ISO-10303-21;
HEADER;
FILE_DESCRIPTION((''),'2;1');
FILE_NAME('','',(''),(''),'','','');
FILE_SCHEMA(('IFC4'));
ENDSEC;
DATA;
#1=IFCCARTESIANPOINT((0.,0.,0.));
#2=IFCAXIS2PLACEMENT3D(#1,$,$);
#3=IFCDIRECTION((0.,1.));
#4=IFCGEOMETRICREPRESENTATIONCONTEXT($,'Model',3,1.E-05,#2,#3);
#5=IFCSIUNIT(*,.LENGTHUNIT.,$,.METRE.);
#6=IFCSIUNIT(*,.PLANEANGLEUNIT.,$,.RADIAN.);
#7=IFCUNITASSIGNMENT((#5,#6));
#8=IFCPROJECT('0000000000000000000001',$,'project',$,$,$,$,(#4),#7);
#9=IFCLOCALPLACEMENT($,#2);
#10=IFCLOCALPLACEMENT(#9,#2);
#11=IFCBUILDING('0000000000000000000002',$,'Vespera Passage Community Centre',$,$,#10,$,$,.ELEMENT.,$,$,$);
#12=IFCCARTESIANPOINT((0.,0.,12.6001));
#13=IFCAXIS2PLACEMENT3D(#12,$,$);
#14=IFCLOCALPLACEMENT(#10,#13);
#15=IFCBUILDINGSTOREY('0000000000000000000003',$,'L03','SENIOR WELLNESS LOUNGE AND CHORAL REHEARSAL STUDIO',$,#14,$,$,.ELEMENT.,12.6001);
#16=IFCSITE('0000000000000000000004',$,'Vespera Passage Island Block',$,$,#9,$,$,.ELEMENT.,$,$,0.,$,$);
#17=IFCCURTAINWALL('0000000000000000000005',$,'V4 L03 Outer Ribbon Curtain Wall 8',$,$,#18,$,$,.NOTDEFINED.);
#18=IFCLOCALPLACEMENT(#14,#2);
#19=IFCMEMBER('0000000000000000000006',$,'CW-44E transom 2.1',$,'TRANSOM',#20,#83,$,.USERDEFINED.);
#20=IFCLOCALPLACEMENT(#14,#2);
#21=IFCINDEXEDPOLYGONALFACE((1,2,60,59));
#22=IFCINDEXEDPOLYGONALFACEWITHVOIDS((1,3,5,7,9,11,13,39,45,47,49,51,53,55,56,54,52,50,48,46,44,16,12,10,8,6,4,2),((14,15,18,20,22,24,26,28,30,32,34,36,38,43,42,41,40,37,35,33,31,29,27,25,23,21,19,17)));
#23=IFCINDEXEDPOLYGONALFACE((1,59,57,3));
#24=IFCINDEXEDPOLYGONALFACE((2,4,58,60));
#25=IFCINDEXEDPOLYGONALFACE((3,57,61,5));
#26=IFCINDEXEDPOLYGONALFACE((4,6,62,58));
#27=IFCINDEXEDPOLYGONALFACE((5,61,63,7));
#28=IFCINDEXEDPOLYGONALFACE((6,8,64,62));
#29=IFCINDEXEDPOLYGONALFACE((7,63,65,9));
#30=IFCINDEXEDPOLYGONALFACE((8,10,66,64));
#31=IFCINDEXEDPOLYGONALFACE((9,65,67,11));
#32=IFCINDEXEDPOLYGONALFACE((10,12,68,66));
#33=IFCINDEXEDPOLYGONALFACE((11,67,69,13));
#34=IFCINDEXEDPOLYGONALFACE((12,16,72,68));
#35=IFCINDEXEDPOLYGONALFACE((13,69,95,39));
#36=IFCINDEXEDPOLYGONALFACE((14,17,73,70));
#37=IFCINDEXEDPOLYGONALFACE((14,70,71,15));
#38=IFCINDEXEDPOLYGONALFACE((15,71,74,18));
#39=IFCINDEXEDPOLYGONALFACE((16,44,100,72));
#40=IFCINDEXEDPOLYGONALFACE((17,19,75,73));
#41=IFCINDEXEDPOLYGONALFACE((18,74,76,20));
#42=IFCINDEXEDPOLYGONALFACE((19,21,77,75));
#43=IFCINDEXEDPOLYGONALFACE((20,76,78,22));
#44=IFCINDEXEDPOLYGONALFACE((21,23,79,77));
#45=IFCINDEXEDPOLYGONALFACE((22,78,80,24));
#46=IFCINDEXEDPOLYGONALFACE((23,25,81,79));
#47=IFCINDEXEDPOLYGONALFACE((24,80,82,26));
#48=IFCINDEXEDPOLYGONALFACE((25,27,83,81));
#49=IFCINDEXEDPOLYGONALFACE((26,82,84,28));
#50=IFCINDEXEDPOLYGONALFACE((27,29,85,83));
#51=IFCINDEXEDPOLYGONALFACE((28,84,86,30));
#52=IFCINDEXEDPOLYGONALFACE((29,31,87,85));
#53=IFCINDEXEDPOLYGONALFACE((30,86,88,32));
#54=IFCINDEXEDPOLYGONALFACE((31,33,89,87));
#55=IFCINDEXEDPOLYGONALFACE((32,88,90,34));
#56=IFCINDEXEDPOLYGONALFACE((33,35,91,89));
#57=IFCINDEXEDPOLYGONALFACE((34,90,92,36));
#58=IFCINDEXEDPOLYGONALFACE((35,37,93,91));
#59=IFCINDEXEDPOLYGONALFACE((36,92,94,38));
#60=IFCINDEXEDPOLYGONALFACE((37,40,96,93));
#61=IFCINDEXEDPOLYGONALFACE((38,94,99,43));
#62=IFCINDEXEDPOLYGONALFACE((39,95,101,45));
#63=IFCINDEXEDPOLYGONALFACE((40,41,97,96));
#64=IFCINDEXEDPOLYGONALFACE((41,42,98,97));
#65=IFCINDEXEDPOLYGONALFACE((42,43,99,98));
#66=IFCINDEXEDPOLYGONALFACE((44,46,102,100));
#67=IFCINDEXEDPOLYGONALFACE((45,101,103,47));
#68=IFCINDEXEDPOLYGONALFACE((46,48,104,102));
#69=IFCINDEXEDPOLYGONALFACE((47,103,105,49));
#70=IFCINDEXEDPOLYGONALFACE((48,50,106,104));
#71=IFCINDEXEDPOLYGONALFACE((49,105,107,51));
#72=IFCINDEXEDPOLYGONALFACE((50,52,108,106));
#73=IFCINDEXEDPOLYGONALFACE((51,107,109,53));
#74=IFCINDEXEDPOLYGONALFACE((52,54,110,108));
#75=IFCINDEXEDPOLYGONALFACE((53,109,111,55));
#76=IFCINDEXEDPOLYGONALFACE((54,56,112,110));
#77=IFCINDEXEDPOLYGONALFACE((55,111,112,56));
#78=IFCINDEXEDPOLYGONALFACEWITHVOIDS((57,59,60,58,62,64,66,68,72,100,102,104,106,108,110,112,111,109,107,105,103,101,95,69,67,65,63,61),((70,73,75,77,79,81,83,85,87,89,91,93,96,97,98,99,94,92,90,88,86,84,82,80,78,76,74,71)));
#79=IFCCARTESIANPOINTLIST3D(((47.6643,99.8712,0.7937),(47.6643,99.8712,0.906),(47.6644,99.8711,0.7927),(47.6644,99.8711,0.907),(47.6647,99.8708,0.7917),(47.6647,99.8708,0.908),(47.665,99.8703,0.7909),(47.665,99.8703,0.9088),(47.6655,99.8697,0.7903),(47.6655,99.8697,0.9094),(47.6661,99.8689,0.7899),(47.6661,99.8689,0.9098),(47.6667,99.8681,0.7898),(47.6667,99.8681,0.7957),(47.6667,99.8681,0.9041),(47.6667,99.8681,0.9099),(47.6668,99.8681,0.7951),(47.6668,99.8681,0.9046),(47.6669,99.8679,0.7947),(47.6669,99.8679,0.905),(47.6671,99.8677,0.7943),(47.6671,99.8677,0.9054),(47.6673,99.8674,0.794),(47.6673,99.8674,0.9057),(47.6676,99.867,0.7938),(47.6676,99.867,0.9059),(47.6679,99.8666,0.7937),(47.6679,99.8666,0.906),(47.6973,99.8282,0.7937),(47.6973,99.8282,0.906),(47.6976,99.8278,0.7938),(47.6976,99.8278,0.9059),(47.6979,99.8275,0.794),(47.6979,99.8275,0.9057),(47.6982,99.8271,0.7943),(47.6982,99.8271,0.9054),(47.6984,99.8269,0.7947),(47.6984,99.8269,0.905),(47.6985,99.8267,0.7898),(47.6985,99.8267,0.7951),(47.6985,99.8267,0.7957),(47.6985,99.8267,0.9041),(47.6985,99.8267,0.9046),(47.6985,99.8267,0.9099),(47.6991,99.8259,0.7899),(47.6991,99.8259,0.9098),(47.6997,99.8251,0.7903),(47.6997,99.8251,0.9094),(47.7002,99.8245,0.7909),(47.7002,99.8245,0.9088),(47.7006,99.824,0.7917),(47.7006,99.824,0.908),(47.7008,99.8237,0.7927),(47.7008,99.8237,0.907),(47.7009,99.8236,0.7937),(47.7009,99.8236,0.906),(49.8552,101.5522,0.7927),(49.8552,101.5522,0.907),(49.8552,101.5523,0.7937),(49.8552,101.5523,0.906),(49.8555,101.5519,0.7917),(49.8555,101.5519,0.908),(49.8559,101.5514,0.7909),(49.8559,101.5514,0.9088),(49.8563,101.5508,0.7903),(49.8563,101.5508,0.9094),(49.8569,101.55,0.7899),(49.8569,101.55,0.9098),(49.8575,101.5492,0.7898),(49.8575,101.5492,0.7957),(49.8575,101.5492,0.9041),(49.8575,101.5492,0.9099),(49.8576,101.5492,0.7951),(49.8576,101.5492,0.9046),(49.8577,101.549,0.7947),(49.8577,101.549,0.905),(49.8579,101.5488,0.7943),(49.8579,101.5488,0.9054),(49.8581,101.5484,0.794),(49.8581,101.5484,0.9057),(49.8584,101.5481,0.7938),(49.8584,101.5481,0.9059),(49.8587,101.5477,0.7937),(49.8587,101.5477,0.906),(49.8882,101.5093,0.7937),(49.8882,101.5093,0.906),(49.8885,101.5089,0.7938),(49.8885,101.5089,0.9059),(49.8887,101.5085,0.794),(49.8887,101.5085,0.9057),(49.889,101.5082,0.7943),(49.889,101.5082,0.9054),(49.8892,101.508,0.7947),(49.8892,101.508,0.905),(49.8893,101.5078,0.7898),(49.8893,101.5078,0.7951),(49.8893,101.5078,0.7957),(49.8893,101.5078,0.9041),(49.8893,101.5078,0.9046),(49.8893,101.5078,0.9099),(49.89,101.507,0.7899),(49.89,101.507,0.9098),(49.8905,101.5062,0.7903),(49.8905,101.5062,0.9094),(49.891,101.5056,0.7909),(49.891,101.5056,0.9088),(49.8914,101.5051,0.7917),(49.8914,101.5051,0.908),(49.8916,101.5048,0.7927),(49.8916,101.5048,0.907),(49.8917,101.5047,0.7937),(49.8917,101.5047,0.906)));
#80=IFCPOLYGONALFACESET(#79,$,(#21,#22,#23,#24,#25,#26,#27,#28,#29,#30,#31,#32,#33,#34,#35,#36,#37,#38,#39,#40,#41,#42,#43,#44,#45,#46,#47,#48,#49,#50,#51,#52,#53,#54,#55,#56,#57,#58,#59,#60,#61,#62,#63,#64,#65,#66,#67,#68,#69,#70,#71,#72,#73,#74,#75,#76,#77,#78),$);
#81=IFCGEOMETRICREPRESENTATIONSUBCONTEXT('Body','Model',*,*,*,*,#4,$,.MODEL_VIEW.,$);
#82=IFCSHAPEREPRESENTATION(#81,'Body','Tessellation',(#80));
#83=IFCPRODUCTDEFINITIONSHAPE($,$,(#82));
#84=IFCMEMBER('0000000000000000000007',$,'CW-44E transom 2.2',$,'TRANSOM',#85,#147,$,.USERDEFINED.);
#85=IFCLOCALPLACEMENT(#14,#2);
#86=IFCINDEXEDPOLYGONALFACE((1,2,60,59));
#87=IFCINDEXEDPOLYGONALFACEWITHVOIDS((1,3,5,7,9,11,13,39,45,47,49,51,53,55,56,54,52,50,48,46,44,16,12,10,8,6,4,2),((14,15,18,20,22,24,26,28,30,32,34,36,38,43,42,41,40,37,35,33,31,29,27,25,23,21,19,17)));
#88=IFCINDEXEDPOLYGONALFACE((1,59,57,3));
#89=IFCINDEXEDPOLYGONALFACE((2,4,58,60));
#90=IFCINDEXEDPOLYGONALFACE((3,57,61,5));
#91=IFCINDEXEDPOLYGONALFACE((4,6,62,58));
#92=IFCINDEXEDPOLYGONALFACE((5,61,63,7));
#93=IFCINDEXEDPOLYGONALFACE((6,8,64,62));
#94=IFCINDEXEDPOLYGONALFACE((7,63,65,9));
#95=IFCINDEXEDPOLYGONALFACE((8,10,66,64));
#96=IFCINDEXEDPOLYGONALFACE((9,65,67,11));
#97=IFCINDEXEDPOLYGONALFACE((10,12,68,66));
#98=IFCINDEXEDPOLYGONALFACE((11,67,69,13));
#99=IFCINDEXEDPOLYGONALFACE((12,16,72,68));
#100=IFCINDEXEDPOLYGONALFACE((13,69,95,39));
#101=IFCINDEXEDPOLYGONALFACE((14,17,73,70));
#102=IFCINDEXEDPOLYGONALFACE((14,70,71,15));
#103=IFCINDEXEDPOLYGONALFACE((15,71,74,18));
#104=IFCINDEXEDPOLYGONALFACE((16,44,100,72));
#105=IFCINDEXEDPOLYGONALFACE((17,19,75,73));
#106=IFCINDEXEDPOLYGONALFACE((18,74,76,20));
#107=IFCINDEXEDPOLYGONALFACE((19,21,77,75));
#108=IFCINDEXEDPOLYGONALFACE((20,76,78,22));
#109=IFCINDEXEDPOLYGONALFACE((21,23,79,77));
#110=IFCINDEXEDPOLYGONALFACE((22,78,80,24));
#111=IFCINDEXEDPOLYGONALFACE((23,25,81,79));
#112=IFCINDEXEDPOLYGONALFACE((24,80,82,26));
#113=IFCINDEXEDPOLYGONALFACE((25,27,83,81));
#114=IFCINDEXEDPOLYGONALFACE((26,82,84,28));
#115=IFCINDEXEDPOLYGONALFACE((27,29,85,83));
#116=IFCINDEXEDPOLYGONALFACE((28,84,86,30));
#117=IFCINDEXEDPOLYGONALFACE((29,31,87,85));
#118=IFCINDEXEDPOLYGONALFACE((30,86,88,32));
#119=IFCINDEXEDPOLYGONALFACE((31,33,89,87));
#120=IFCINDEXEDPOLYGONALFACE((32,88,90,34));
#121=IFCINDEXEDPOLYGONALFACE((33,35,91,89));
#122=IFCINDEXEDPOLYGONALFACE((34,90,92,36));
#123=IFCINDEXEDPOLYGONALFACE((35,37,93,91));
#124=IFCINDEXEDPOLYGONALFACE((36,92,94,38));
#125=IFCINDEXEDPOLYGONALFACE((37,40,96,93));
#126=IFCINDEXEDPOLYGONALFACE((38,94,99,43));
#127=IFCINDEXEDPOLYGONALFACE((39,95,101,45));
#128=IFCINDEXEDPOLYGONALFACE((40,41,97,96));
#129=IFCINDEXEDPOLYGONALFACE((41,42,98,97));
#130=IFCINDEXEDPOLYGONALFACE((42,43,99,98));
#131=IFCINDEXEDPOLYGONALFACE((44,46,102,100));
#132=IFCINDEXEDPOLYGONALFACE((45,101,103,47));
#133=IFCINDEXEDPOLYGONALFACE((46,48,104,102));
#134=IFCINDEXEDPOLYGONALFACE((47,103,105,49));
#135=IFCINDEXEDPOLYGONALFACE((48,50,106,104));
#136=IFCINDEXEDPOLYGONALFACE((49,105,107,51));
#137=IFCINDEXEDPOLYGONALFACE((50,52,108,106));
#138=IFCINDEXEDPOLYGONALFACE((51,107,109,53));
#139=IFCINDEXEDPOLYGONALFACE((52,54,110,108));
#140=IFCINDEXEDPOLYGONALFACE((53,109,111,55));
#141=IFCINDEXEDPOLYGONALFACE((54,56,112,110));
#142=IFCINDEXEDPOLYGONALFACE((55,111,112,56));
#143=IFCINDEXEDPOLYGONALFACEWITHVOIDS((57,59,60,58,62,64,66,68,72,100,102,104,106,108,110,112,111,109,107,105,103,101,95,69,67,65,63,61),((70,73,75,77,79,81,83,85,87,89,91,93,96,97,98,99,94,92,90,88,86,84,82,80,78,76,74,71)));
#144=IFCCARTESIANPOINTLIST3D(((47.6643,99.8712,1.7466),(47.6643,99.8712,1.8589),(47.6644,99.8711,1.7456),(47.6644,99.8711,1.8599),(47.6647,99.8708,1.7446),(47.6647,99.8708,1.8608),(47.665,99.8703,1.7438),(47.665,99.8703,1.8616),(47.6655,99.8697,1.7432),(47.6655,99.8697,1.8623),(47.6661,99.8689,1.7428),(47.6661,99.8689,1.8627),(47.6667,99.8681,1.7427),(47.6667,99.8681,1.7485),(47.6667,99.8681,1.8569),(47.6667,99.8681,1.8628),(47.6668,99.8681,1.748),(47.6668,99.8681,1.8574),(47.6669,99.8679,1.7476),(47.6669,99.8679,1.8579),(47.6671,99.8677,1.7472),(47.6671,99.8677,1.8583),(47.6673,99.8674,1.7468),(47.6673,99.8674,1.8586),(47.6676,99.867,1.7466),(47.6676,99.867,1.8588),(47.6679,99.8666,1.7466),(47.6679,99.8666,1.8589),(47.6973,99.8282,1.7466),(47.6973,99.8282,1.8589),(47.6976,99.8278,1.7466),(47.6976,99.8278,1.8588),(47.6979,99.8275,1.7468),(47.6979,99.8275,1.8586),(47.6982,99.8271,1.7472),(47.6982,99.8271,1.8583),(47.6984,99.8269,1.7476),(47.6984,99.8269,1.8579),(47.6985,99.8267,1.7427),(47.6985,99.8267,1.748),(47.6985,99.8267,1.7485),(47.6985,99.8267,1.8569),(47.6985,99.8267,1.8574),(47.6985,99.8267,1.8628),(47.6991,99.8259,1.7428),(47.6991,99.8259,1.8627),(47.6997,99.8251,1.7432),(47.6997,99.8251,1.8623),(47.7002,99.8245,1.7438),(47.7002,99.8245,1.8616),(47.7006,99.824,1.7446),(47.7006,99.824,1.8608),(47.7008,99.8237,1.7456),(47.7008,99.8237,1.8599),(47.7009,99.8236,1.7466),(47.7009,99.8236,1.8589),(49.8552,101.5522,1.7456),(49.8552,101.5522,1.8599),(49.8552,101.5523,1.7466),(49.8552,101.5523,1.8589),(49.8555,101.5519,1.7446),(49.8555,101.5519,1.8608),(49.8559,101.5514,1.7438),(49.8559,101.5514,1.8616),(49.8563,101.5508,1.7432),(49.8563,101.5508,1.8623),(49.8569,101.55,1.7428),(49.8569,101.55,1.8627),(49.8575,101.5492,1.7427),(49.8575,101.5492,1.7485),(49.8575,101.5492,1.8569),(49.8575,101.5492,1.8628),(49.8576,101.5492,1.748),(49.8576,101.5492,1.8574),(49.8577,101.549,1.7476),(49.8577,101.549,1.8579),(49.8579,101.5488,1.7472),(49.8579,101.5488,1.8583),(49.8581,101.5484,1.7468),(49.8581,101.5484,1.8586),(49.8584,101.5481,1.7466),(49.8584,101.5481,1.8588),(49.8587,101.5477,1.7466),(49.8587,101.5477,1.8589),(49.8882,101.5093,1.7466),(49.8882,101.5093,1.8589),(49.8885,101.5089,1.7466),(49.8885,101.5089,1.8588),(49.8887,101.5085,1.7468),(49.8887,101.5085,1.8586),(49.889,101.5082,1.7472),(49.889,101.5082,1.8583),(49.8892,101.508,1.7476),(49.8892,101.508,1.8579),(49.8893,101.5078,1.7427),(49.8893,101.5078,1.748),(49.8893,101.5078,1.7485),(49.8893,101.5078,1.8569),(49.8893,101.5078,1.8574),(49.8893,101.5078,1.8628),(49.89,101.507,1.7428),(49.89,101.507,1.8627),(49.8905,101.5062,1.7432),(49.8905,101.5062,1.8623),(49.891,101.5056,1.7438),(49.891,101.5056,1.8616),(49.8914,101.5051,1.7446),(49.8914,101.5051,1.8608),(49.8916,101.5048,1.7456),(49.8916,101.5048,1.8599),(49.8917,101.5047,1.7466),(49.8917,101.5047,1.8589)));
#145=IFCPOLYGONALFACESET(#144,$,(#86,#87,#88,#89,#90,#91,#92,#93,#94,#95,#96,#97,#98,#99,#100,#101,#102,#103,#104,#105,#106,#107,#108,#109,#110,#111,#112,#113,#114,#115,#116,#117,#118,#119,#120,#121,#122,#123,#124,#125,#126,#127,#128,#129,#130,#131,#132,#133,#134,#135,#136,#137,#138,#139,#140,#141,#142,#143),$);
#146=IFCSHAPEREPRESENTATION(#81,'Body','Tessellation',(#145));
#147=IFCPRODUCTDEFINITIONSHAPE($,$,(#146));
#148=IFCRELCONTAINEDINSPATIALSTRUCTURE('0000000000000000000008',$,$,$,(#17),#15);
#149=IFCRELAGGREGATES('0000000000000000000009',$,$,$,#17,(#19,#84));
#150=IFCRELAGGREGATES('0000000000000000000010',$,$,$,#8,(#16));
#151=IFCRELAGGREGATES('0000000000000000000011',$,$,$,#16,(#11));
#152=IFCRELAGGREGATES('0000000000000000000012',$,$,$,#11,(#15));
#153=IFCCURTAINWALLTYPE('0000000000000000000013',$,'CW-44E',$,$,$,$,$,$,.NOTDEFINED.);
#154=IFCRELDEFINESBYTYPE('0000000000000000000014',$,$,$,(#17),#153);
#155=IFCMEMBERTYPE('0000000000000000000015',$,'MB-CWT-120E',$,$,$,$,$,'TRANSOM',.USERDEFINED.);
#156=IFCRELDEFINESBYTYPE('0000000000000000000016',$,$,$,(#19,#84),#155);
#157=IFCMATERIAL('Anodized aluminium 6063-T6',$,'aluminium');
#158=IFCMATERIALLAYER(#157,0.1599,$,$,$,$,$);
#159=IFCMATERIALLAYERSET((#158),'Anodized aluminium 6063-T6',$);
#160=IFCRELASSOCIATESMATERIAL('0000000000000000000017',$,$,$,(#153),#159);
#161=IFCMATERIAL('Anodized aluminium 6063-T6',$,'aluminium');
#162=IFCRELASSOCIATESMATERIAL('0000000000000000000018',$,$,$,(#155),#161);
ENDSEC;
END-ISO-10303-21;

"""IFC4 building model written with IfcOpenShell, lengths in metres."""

from ifc_helpers import new_model, si_unit, direction, frame, origin, origin_2d, place, context, subcontext, project, spatial, hollow_rectangle, extrude, material, layer, layer_set, material_profile, profile_set, type_object, element, aggregate, save


model = new_model("IFC4")

# Units and contexts
model_context = context("Model", 3, precision=1e-05, world=origin(), true_north=direction((0.0, 1.0)))
body_context = subcontext(model_context, "Body", "Model", "MODEL_VIEW")
ifc_project = project(units=[si_unit("LENGTHUNIT", "METRE"), si_unit("PLANEANGLEUNIT", "RADIAN")], contexts=[model_context])

# Site, building, storey
site_placement = place(None, origin())
site = spatial("IfcSite", under=ifc_project, at=site_placement, Name="Vespera Passage Island Block", CompositionType="ELEMENT", RefElevation=0.0)
building_placement = place(site_placement, origin())
building = spatial("IfcBuilding", under=site, at=building_placement, Name="Vespera Passage Community Centre", CompositionType="ELEMENT")
storey_placement = place(building_placement, frame((0.0, 0.0, 12.6001)))
storey = spatial("IfcBuildingStorey", under=building, at=storey_placement, Name="L03", Description="SENIOR WELLNESS LOUNGE AND CHORAL REHEARSAL STUDIO", CompositionType="ELEMENT", Elevation=12.6001)

# Curtain wall
ifc_material_1 = material(Name="Anodized aluminium 6063-T6", Category="aluminium")
ifc_layer_1 = layer(ifc_material_1, 0.1599)
ifc_layer_set_1 = layer_set([ifc_layer_1], Name="Anodized aluminium 6063-T6")
curtain_wall_type_1 = type_object("IfcCurtainWallType", Name="CW-44E", PredefinedType="NOTDEFINED", material=ifc_layer_set_1)
curtain_wall_1_placement = place(storey_placement, origin())
curtain_wall_1 = element("IfcCurtainWall", 1, at=curtain_wall_1_placement, inside=storey, type_object=curtain_wall_type_1, Name="V4 L03 Outer Ribbon Curtain Wall 8", PredefinedType="NOTDEFINED")

# Members
ifc_material_2 = material(Name="Anodized aluminium 6063-T6", Category="aluminium")
ifc_material_profile_1 = material_profile(ifc_material_2, hollow_rectangle(XDim=0.0601, YDim=0.1201, WallThickness=0.0039, InnerFilletRadius=0.002, OuterFilletRadius=0.0039, at=origin_2d()), Name="ALU120X60X4")
ifc_profile_set_1 = profile_set([ifc_material_profile_1], Name="Anodized aluminium 6063-T6")
member_type_1 = type_object("IfcMemberType", Name="MB-CWT-120E", ElementType="TRANSOM", PredefinedType="USERDEFINED", material=ifc_profile_set_1)
member_1_placement = place(storey_placement, frame((47.6826, 99.8474, 0.8499), z_axis=(0.793353, 0.608762, 0.0), x_axis=(-0.608762, 0.793353, 0.0)))
member_1 = element("IfcMember", 2, at=member_1_placement, type_object=member_type_1, Name="CW-44E transom 2.1", ObjectType="TRANSOM", PredefinedType="USERDEFINED", context=body_context, shape_type="SweptSolid", body=[
    extrude(hollow_rectangle(XDim=0.0601, YDim=0.1201, WallThickness=0.0039, InnerFilletRadius=0.002, OuterFilletRadius=0.0039, at=origin_2d()), origin(), (0.0, 0.0, 1.0), 2.7615),
])
member_2_placement = place(storey_placement, frame((47.6826, 99.8474, 1.8027), z_axis=(0.793353, 0.608762, 0.0), x_axis=(-0.608762, 0.793353, 0.0)))
member_2 = element("IfcMember", 3, at=member_2_placement, type_object=member_type_1, Name="CW-44E transom 2.2", ObjectType="TRANSOM", PredefinedType="USERDEFINED", context=body_context, shape_type="SweptSolid", body=[
    extrude(hollow_rectangle(XDim=0.0601, YDim=0.1201, WallThickness=0.0039, InnerFilletRadius=0.002, OuterFilletRadius=0.0039, at=origin_2d()), origin(), (0.0, 0.0, 1.0), 2.7615),
])

aggregate(curtain_wall_1, [member_1, member_2])

save(model, "model.ifc")
